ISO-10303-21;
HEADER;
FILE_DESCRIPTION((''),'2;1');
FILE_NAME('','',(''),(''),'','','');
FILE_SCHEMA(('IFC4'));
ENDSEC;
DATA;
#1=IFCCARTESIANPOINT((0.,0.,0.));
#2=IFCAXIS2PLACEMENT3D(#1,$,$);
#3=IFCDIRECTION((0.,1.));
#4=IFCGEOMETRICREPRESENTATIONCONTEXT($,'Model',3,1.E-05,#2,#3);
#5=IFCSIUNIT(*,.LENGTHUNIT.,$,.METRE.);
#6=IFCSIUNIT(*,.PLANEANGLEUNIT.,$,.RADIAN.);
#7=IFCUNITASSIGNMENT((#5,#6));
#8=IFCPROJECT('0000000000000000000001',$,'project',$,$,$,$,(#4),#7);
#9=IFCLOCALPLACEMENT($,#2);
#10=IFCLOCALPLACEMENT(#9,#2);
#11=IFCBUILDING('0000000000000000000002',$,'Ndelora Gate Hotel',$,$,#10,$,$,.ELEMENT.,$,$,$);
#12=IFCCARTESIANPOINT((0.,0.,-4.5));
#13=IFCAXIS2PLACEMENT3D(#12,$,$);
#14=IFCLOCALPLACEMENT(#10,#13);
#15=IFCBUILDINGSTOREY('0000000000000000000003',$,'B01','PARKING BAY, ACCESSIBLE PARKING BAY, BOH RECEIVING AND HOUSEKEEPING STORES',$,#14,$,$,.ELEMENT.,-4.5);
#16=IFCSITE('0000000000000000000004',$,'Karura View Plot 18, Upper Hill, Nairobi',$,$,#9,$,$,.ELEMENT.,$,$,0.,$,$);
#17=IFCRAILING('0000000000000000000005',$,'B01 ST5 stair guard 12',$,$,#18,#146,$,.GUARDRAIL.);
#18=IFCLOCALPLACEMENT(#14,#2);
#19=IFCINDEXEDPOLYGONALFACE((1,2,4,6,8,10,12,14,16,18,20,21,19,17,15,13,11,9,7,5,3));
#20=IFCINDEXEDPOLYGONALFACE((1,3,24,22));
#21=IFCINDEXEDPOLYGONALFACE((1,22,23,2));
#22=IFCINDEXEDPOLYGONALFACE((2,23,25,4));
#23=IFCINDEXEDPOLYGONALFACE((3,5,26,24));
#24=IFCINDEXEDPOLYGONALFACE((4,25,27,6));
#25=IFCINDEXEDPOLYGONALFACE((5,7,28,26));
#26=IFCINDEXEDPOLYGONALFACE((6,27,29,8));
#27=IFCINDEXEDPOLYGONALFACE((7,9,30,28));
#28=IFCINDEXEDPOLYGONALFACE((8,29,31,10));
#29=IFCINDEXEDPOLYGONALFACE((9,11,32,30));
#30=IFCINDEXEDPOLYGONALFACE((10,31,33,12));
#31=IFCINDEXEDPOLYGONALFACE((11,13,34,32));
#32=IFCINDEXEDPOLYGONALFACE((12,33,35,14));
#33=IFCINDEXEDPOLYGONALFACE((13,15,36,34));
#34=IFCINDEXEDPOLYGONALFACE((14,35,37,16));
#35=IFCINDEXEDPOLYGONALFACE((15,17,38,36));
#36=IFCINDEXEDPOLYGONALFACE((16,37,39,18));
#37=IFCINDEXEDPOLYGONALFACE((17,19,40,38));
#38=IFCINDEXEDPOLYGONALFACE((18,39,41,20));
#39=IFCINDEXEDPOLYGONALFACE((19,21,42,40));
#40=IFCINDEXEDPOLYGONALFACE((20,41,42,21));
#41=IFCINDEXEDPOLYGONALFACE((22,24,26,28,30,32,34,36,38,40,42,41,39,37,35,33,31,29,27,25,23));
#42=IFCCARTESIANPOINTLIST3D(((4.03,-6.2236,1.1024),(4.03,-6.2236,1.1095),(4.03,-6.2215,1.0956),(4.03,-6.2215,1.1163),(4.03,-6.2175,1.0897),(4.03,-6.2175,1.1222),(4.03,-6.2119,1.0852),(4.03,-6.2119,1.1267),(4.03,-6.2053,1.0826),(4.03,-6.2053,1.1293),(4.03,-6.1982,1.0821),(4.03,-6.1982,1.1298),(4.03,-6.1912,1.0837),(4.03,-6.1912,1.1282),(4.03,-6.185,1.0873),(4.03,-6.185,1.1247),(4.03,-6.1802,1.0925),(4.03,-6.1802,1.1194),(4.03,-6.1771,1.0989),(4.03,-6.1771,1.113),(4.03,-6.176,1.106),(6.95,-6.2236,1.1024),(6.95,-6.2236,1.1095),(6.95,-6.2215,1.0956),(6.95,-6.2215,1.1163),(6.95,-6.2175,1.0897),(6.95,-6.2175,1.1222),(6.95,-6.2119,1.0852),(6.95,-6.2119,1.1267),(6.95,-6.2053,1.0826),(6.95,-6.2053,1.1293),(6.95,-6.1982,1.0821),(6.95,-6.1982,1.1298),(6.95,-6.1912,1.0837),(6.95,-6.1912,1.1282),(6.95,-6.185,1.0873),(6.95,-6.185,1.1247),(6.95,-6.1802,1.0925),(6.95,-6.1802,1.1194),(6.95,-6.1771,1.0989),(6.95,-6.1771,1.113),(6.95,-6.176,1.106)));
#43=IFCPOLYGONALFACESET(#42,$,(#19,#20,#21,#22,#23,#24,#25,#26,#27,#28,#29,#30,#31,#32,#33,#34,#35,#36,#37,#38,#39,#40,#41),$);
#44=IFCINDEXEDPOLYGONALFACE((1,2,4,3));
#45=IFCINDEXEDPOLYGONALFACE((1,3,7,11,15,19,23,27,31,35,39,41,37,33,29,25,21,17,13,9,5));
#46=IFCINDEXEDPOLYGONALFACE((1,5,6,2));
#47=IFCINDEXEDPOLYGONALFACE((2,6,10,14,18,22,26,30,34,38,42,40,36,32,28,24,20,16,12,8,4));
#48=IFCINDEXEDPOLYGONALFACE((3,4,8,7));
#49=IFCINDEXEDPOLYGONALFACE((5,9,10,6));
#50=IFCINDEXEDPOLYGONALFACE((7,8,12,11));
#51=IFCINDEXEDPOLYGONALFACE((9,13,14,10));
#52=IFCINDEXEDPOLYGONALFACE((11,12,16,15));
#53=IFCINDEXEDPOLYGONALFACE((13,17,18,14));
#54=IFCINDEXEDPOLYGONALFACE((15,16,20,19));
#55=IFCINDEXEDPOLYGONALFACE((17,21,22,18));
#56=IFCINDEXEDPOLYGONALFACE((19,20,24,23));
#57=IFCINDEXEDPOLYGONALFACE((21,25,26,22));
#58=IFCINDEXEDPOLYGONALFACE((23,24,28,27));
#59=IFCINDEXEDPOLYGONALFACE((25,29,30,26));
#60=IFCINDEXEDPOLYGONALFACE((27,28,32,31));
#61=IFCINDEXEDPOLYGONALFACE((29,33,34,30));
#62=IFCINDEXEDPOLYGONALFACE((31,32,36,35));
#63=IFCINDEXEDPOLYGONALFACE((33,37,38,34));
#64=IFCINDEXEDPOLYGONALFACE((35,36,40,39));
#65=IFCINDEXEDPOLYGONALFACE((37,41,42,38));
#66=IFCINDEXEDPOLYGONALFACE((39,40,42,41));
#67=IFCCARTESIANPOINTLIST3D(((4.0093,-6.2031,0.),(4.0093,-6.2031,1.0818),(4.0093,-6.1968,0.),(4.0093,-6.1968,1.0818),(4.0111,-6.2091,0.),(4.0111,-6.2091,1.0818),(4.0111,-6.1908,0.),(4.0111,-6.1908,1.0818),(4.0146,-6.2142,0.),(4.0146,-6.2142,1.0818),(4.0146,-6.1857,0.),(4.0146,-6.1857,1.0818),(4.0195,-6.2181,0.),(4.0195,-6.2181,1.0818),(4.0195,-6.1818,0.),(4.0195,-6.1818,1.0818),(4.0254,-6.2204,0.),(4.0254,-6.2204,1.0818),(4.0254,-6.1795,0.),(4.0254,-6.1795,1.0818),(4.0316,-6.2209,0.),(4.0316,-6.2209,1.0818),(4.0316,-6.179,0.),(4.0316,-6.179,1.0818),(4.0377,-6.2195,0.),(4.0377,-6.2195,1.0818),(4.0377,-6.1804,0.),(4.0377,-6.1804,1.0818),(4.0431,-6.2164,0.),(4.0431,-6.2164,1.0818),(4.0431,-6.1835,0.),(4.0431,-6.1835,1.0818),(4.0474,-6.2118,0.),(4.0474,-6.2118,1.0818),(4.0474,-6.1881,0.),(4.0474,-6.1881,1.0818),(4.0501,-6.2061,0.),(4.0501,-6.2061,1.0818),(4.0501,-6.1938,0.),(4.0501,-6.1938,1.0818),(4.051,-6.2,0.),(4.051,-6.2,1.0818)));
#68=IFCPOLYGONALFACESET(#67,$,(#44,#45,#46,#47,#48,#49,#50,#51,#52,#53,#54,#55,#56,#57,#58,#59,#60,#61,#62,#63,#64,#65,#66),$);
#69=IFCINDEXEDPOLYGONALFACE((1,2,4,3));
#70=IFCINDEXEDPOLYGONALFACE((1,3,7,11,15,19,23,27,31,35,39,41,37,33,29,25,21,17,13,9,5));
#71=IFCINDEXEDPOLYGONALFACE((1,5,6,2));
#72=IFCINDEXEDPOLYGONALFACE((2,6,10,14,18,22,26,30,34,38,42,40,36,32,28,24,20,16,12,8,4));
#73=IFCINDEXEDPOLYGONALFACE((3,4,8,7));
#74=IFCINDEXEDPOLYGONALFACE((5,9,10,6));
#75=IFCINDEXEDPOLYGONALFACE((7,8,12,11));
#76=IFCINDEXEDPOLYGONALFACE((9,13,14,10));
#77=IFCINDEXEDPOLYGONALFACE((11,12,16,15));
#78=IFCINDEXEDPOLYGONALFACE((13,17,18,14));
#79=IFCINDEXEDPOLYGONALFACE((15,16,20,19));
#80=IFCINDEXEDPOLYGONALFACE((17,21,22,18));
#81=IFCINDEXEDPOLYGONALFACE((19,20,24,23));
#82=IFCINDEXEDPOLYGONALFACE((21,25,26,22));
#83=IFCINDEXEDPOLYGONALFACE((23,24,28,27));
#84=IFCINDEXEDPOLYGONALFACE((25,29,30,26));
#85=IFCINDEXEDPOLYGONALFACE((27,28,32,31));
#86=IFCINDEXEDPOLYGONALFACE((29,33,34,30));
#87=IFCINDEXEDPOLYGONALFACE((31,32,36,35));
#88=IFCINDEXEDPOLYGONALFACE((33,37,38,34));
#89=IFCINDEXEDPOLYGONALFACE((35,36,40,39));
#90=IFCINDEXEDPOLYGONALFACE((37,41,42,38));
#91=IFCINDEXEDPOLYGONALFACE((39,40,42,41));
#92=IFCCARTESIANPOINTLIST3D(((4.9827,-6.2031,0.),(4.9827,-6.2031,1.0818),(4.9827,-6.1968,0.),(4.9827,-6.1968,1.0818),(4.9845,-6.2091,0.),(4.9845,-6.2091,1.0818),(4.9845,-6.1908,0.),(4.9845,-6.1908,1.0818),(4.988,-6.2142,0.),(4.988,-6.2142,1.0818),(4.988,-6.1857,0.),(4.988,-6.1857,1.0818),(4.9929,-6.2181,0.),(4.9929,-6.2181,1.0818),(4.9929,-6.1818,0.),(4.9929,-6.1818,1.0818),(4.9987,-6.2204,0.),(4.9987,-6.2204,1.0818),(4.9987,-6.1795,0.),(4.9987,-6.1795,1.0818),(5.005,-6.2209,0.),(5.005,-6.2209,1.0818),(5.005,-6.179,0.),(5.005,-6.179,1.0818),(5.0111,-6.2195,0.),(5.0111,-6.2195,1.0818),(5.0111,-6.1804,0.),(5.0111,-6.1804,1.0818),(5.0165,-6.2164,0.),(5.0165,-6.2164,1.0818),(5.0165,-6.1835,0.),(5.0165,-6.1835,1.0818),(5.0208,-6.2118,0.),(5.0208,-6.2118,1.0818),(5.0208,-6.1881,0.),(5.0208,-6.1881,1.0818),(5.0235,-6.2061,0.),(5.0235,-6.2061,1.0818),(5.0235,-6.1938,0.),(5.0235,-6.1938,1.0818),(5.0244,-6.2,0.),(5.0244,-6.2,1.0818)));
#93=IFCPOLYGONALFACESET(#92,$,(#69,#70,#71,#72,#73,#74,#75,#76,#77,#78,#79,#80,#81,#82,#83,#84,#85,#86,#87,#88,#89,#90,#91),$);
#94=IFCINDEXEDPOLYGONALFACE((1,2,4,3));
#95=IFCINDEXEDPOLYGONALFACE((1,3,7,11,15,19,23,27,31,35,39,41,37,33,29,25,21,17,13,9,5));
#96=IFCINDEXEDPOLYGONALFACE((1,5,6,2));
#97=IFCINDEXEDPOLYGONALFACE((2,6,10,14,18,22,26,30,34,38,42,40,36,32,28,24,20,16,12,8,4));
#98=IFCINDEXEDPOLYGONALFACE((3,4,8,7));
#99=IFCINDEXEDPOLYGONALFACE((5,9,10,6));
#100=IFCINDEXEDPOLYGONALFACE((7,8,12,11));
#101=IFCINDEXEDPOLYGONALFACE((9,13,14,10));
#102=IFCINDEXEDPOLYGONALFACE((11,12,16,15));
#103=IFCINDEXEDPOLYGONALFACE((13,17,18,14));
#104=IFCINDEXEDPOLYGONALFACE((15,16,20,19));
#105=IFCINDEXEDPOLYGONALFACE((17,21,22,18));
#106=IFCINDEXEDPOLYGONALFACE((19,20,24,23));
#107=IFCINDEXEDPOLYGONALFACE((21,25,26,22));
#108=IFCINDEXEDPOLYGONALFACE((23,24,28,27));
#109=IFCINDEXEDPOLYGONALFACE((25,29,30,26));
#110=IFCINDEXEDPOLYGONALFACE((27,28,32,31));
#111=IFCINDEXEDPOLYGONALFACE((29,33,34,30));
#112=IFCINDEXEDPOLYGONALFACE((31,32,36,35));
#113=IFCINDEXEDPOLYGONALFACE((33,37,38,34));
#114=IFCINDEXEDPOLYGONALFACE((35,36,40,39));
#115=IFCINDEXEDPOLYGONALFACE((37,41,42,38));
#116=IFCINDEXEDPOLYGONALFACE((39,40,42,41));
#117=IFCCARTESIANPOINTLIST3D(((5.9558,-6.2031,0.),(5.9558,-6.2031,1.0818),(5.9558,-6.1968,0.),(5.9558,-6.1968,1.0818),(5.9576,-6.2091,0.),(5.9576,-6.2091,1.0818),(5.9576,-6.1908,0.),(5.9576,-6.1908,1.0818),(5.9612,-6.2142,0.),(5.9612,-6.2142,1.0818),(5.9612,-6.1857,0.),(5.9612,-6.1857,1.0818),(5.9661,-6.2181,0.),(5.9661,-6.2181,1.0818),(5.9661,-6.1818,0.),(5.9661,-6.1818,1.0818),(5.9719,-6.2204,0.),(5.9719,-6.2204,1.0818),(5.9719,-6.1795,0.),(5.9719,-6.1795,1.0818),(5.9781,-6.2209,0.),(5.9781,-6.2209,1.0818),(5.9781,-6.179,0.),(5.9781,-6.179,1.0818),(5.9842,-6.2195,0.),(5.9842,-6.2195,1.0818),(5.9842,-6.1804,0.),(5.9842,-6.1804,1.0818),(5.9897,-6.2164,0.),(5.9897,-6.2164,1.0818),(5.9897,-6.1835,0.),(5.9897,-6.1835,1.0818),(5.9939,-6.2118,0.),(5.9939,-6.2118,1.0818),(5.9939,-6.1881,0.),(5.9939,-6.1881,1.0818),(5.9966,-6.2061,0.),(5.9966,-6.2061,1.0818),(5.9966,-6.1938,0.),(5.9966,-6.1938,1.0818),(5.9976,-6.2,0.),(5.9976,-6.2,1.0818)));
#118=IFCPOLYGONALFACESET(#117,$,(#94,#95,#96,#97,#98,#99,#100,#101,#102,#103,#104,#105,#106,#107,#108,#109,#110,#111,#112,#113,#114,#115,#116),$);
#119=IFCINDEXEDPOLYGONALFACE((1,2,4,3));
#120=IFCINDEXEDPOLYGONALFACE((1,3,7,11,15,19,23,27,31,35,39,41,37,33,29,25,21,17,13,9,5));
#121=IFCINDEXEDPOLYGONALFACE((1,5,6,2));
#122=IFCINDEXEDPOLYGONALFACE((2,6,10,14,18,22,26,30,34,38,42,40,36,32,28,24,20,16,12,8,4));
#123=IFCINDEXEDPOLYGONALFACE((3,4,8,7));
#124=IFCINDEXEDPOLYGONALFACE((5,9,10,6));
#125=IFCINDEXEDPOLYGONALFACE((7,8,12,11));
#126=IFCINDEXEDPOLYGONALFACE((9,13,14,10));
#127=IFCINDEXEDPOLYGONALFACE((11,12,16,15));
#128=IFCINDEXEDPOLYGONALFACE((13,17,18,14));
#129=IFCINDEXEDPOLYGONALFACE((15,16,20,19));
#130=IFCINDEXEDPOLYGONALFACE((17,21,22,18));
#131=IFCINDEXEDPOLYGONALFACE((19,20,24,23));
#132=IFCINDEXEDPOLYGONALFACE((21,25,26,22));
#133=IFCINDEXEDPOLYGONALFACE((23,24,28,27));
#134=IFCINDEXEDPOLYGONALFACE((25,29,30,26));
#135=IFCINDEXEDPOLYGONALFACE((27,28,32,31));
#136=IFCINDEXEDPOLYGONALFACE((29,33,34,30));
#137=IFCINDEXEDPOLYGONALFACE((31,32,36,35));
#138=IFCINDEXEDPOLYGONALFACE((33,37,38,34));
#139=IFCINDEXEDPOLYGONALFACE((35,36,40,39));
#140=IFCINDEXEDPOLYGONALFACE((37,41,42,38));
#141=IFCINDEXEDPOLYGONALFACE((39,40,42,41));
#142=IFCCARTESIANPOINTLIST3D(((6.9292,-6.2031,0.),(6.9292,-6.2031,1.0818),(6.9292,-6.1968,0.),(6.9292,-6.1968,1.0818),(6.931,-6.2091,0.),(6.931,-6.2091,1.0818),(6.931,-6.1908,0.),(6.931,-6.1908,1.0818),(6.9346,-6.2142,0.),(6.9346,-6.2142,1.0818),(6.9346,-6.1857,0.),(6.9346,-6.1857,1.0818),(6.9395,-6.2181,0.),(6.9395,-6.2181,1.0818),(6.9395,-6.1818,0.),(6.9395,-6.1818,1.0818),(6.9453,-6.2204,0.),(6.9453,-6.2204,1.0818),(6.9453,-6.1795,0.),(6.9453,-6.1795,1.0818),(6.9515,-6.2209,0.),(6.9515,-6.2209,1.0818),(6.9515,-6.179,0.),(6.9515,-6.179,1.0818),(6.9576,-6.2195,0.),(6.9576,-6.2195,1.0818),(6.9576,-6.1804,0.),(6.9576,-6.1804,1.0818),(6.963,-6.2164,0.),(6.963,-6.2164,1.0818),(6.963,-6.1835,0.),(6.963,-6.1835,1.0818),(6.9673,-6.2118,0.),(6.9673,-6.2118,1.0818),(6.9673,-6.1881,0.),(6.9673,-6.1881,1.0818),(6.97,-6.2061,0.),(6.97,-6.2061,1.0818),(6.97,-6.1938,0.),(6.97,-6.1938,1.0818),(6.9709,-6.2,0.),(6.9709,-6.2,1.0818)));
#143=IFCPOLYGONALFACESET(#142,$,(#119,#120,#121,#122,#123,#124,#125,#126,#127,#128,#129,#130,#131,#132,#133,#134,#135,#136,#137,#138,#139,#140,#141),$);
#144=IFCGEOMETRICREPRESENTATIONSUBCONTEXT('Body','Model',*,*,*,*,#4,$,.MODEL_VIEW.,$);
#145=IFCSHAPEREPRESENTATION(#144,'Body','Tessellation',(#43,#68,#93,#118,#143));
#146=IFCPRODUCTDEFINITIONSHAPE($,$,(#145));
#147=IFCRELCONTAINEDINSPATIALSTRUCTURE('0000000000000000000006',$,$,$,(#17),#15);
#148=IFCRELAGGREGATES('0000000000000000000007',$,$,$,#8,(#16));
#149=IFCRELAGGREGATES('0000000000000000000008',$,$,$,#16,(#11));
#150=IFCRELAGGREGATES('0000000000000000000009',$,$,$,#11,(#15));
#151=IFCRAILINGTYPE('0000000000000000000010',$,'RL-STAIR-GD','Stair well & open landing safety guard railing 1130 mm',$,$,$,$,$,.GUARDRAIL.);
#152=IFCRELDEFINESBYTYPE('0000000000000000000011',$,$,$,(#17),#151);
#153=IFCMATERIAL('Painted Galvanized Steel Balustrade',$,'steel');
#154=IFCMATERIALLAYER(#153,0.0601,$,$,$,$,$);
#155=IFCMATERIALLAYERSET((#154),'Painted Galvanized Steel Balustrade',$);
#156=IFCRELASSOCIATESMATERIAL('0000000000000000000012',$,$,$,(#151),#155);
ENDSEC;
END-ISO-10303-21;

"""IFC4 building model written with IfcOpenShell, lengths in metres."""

from ifc_helpers import new_model, si_unit, direction, frame, origin, origin_2d, place, context, subcontext, project, spatial, circle, extrude, material, layer, layer_set, type_object, element, save


model = new_model("IFC4")

# Units and contexts
model_context = context("Model", 3, precision=1e-05, world=origin(), true_north=direction((0.0, 1.0)))
body_context = subcontext(model_context, "Body", "Model", "MODEL_VIEW")
ifc_project = project(units=[si_unit("LENGTHUNIT", "METRE"), si_unit("PLANEANGLEUNIT", "RADIAN")], contexts=[model_context])

# Site, building, storey
site_placement = place(None, origin())
site = spatial("IfcSite", under=ifc_project, at=site_placement, Name="Karura View Plot 18, Upper Hill, Nairobi", CompositionType="ELEMENT", RefElevation=0.0)
building_placement = place(site_placement, origin())
building = spatial("IfcBuilding", under=site, at=building_placement, Name="Ndelora Gate Hotel", CompositionType="ELEMENT")
storey_placement = place(building_placement, frame((0.0, 0.0, -4.5)))
storey = spatial("IfcBuildingStorey", under=building, at=storey_placement, Name="B01", Description="PARKING BAY, ACCESSIBLE PARKING BAY, BOH RECEIVING AND HOUSEKEEPING STORES", CompositionType="ELEMENT", Elevation=-4.5)

# Railing
ifc_material_1 = material(Name="Painted Galvanized Steel Balustrade", Category="steel")
ifc_layer_1 = layer(ifc_material_1, 0.0601)
ifc_layer_set_1 = layer_set([ifc_layer_1], Name="Painted Galvanized Steel Balustrade")
railing_type_1 = type_object("IfcRailingType", Name="RL-STAIR-GD", Description="Stair well & open landing safety guard railing 1130 mm", PredefinedType="GUARDRAIL", material=ifc_layer_set_1)
railing_1_placement = place(storey_placement, frame((4.03, -6.2, 0.0)))
element("IfcRailing", 1, at=railing_1_placement, inside=storey, type_object=railing_type_1, Name="B01 ST5 stair guard 12", PredefinedType="GUARDRAIL", context=body_context, shape_type="SweptSolid", body=[
    extrude(circle(Radius=0.0239, at=origin_2d()), frame((0.0, 0.0, 1.106), z_axis=(1.0, 0.0, 0.0), x_axis=(0.0, 1.0, 0.0)), (0.0, 0.0, 1.0), 2.9199),
    extrude(circle(Radius=0.021, at=origin_2d()), origin(), (0.0, 0.0, 1.0), 1.0818),
    extrude(circle(Radius=0.021, at=origin_2d()), frame((0.9734, 0.0, 0.0)), (0.0, 0.0, 1.0), 1.0818),
    extrude(circle(Radius=0.021, at=origin_2d()), frame((1.9465, 0.0, 0.0)), (0.0, 0.0, 1.0), 1.0818),
    extrude(circle(Radius=0.021, at=origin_2d()), frame((2.9199, 0.0, 0.0)), (0.0, 0.0, 1.0), 1.0818),
])

save(model, "model.ifc")
